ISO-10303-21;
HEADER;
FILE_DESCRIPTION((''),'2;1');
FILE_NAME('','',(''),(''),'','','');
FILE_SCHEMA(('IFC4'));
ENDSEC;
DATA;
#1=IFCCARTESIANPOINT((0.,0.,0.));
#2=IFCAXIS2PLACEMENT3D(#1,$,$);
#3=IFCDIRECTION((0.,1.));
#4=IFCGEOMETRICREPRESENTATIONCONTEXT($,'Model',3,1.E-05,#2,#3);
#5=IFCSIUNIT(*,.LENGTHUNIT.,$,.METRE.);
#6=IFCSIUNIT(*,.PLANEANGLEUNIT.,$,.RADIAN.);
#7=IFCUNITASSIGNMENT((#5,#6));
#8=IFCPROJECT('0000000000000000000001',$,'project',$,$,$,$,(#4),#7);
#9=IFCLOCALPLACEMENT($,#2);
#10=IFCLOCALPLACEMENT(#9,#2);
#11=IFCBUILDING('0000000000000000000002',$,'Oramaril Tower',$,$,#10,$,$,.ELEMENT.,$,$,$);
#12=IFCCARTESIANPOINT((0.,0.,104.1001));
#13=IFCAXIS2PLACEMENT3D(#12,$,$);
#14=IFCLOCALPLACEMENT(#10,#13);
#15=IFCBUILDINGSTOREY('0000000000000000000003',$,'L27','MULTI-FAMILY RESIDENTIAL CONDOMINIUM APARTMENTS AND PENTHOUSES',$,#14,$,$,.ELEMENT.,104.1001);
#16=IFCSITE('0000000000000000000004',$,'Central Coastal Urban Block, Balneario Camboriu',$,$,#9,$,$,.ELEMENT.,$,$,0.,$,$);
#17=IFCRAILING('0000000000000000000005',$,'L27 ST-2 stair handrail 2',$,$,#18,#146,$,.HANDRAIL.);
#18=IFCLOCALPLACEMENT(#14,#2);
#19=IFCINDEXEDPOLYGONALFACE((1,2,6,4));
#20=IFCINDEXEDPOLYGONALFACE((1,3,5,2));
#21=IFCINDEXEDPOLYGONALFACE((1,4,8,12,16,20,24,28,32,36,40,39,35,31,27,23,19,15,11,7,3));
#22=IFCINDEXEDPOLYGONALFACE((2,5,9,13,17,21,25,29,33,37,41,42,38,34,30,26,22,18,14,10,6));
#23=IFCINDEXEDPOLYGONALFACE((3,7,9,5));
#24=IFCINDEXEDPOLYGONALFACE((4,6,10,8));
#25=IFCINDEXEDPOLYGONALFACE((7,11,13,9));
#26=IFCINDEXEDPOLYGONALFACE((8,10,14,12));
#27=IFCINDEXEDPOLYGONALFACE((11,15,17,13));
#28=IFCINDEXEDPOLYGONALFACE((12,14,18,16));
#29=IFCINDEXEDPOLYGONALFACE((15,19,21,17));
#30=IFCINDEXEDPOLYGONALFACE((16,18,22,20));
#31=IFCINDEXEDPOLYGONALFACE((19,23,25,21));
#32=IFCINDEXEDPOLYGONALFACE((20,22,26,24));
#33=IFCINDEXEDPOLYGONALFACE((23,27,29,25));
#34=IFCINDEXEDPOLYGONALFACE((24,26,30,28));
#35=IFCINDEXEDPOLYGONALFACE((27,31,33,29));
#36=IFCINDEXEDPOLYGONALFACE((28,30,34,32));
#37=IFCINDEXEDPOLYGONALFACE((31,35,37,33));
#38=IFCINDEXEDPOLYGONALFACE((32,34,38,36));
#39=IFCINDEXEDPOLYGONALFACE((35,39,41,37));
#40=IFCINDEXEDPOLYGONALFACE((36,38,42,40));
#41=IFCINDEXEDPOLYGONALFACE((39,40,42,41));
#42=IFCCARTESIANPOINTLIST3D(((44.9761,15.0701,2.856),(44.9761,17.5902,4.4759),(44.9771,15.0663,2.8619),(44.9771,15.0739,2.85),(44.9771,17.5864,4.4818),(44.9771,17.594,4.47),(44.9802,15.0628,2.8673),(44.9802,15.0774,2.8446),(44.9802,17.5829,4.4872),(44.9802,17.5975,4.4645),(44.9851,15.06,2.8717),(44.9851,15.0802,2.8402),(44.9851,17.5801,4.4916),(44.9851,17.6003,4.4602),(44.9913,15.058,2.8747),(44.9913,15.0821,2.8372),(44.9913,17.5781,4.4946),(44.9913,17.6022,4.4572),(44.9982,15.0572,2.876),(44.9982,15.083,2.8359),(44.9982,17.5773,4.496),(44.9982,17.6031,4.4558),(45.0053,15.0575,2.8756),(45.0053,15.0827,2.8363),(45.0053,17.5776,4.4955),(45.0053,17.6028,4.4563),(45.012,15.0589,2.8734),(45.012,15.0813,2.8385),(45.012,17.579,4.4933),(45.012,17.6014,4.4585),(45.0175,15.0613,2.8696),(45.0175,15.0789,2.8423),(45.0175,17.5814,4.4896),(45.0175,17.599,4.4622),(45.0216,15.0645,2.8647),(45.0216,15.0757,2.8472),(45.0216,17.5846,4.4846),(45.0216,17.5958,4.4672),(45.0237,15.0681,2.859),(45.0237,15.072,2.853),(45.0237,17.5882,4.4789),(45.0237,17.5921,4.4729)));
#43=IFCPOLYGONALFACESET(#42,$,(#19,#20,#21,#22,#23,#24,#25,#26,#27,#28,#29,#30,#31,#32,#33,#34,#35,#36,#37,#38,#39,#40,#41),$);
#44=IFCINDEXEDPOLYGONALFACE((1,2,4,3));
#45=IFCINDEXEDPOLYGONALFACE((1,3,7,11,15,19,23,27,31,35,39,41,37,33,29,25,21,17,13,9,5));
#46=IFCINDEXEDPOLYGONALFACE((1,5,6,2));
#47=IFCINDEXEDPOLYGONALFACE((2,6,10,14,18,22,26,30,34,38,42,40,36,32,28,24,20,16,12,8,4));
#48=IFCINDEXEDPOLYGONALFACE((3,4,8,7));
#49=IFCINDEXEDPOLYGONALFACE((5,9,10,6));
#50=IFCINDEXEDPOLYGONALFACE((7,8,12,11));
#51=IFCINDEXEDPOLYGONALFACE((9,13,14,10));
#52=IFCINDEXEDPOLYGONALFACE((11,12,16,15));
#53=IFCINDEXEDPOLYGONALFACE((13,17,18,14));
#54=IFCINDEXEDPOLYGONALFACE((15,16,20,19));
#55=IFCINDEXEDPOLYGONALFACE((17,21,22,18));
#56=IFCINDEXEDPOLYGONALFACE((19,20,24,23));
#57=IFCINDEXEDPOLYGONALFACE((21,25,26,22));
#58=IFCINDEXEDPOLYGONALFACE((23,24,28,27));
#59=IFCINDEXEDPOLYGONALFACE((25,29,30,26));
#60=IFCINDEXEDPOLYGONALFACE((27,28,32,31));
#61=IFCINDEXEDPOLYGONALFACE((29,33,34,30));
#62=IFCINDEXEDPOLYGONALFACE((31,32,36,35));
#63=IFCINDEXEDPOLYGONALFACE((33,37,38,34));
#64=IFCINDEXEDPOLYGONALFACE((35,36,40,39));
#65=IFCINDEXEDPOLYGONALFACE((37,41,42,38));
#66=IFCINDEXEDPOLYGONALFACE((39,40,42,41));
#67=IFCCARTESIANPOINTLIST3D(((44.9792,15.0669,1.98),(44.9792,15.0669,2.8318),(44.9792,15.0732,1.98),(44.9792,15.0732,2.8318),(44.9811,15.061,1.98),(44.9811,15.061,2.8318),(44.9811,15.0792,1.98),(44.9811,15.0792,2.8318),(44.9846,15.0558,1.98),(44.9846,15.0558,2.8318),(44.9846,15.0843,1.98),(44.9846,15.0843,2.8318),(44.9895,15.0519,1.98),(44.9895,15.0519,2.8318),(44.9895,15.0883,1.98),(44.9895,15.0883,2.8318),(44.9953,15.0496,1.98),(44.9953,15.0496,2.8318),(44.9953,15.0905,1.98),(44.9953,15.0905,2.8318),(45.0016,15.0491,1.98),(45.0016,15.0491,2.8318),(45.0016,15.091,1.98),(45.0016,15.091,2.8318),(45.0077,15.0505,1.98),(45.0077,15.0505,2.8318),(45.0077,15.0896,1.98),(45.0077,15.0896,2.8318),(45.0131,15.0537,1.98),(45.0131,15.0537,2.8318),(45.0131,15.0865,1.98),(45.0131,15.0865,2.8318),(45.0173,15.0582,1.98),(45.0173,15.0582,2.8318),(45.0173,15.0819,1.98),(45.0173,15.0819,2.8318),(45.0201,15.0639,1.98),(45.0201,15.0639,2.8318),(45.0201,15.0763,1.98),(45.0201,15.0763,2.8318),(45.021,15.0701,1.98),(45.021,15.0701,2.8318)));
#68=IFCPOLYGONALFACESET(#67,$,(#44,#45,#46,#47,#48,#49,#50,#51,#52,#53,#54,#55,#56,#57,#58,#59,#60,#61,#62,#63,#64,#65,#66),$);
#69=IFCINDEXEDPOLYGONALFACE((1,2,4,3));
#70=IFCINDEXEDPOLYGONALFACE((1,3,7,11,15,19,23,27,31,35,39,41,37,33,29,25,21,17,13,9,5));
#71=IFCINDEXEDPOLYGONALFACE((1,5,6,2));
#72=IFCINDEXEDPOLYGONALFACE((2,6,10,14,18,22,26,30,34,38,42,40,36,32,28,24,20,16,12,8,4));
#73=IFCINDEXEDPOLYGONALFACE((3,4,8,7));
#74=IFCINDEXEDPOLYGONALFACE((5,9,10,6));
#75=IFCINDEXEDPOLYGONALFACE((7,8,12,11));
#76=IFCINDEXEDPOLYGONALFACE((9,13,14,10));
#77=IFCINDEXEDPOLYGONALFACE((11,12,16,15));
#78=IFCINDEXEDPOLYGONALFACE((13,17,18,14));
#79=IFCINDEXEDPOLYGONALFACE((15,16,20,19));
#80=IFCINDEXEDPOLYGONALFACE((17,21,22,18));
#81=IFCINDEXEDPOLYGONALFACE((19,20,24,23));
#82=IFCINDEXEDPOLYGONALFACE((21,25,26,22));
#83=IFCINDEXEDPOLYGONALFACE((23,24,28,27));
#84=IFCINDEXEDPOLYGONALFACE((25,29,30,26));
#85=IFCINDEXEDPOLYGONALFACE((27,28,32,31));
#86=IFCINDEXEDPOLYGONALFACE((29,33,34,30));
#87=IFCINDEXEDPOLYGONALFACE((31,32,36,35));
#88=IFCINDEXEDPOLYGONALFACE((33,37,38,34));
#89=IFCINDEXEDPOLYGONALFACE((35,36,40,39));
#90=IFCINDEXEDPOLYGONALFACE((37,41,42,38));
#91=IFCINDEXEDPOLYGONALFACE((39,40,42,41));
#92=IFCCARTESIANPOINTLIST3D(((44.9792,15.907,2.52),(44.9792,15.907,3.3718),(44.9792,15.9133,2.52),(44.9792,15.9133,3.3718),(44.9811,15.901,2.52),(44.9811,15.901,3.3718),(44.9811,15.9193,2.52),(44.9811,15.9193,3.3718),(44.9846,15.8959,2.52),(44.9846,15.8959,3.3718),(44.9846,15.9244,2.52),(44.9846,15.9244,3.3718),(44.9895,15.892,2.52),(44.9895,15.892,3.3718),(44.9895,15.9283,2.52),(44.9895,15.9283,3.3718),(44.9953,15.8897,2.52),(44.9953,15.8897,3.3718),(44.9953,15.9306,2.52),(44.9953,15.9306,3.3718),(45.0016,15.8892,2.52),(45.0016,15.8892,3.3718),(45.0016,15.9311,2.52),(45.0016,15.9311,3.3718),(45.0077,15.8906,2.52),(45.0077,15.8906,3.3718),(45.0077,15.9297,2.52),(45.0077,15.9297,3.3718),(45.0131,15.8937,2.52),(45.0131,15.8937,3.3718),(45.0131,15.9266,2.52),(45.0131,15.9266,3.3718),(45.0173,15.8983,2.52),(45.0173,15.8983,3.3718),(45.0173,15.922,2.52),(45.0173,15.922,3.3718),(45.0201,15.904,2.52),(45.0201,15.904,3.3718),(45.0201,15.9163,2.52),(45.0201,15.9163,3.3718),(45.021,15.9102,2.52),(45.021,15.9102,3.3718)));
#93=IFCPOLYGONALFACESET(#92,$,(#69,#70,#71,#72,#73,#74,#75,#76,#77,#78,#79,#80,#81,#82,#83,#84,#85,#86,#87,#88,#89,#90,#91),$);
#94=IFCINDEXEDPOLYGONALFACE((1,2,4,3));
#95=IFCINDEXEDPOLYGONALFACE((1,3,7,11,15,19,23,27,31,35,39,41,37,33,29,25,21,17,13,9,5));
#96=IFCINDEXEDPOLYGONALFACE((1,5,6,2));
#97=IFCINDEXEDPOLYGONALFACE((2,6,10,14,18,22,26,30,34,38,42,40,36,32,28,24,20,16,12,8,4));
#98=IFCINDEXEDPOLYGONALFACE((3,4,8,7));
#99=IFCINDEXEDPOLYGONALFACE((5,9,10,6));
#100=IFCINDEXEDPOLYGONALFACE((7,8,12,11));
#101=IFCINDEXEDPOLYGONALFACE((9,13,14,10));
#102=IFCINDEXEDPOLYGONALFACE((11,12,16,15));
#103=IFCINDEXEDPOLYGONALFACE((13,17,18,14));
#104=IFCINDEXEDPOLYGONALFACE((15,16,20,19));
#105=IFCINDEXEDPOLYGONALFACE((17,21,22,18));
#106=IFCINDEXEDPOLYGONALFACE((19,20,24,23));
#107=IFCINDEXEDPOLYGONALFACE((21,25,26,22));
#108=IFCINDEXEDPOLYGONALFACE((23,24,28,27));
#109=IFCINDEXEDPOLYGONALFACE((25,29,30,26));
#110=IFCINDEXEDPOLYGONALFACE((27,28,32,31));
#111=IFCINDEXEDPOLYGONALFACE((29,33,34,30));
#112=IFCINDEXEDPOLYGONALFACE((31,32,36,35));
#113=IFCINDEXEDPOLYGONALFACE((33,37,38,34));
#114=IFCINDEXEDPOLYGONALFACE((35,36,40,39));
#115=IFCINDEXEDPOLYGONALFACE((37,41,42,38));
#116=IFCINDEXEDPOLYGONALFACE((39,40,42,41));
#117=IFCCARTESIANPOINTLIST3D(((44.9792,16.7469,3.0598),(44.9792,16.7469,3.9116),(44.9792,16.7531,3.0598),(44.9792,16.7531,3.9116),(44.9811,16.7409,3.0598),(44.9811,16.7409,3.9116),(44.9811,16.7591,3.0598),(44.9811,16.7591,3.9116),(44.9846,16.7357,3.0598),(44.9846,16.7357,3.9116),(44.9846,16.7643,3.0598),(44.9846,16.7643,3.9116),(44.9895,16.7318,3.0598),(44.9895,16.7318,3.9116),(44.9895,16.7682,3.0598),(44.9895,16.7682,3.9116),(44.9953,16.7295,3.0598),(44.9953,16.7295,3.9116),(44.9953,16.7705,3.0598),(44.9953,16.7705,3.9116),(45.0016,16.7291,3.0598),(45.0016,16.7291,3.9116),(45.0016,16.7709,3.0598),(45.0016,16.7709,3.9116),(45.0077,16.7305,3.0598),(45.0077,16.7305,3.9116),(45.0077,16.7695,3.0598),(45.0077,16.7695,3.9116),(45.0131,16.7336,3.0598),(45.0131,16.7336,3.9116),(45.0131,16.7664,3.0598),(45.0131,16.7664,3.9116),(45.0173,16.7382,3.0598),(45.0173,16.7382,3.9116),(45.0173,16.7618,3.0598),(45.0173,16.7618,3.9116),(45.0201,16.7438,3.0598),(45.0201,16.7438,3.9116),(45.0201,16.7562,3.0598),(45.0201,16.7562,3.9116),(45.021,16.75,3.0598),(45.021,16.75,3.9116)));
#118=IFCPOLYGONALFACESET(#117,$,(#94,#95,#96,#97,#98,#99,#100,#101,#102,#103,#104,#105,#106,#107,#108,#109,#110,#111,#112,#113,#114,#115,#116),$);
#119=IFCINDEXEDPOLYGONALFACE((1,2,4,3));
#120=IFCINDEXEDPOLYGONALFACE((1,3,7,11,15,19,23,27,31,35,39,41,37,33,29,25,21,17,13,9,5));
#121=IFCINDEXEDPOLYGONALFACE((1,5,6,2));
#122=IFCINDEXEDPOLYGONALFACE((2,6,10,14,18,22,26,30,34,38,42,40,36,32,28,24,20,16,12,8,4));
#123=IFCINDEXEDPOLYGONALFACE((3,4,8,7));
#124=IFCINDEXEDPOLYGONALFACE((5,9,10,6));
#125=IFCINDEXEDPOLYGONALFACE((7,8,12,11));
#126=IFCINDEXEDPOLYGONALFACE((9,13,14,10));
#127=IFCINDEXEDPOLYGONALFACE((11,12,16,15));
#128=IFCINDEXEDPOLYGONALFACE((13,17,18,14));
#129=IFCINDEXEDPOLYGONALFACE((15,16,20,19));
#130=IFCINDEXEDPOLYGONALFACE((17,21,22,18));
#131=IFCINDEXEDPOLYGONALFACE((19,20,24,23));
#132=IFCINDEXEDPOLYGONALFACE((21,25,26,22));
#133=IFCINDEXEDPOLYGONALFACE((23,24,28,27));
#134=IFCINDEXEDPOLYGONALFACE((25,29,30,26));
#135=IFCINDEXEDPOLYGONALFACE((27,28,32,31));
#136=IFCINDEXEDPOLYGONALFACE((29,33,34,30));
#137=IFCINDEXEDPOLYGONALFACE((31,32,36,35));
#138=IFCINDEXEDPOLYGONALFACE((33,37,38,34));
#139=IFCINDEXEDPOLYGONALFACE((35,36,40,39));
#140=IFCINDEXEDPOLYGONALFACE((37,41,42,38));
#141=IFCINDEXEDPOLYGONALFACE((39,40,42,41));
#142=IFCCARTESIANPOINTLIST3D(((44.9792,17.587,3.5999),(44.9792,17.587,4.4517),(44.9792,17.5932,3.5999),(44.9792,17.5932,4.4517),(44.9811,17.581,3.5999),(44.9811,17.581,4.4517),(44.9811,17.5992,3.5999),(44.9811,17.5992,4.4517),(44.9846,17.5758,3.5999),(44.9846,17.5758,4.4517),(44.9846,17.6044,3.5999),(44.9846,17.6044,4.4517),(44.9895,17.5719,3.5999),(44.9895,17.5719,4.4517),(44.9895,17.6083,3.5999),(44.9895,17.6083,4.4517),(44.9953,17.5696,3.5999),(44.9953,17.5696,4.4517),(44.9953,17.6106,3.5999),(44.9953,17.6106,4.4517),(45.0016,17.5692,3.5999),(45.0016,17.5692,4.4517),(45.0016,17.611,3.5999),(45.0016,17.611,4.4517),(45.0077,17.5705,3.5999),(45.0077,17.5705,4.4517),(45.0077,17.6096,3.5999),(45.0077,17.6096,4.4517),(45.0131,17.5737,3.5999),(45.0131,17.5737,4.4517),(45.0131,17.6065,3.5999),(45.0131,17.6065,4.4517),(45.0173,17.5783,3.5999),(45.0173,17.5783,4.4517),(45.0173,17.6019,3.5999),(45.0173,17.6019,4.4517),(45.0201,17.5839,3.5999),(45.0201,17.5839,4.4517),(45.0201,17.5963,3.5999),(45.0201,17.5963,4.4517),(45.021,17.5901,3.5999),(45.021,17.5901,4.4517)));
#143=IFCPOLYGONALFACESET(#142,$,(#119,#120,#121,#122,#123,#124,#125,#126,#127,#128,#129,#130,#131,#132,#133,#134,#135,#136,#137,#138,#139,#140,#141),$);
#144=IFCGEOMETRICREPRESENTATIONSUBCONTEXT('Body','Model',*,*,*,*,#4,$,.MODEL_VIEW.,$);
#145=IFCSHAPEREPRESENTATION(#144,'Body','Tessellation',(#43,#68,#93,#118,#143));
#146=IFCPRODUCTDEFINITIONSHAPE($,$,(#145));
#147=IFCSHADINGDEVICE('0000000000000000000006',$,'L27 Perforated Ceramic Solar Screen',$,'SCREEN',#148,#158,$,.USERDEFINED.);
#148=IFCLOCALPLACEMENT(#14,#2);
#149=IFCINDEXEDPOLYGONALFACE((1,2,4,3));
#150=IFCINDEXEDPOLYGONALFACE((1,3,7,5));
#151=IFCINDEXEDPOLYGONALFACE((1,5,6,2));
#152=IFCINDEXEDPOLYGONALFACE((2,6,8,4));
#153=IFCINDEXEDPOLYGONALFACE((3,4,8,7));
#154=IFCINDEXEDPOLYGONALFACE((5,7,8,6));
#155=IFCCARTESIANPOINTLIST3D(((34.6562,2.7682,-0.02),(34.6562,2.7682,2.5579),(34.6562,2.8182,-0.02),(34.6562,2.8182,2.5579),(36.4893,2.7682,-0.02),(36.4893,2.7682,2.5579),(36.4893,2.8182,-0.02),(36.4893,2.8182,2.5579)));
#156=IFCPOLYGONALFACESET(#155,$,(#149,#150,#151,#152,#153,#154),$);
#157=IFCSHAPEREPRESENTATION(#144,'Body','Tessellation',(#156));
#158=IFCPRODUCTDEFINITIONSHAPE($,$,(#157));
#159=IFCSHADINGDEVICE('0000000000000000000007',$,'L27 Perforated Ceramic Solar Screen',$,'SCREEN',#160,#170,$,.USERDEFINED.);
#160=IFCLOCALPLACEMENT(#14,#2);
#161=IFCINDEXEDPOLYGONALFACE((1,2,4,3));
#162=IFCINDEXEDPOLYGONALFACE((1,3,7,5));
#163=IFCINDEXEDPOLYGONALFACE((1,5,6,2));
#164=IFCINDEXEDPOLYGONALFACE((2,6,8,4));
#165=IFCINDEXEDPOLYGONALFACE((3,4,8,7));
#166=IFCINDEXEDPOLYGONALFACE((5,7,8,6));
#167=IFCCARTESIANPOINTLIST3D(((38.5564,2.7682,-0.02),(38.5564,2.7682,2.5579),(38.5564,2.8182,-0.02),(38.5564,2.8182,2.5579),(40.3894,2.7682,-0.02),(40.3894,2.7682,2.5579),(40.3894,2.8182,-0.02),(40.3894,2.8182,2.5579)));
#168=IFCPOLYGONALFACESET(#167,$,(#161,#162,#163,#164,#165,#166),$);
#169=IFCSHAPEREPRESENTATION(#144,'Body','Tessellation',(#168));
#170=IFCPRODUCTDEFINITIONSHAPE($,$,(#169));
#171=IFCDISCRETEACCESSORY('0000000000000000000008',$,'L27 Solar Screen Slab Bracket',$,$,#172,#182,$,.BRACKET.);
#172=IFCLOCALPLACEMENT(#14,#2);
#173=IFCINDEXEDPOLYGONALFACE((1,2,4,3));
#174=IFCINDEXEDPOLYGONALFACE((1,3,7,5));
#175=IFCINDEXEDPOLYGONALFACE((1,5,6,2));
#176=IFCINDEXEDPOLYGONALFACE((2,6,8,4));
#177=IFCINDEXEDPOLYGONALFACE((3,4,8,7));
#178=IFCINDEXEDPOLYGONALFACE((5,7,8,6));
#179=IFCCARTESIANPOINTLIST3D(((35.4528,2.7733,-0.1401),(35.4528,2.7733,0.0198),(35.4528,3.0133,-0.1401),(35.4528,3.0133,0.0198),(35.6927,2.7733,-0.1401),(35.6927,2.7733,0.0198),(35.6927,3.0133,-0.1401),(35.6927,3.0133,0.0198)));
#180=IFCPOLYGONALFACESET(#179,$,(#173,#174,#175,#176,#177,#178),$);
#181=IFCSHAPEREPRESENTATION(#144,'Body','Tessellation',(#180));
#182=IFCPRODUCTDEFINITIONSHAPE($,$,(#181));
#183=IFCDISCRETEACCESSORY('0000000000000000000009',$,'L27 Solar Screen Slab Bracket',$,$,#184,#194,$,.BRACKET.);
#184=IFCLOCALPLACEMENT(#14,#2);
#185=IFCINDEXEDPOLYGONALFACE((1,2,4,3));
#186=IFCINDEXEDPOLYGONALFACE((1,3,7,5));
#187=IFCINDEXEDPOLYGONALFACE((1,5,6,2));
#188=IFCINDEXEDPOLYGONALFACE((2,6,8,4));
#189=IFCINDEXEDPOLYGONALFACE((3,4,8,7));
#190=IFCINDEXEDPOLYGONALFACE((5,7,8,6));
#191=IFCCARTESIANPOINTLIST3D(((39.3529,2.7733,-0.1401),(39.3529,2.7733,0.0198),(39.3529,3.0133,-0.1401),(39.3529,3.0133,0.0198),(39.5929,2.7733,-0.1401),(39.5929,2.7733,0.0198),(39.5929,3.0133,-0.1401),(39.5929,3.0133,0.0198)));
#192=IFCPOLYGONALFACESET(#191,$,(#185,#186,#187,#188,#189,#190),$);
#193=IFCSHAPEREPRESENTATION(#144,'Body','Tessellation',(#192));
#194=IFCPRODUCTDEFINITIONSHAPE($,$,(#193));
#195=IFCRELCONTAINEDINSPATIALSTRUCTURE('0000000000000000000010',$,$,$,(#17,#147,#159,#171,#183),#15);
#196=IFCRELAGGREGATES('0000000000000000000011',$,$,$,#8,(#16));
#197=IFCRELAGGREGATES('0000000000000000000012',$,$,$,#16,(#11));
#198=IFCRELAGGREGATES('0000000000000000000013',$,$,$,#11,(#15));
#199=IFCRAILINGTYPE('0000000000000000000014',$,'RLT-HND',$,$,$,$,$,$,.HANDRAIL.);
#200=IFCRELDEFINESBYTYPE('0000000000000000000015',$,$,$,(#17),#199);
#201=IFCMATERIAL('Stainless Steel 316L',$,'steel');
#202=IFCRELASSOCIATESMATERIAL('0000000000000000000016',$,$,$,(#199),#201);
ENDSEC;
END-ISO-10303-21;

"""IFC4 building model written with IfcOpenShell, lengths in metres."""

from ifc_helpers import new_model, si_unit, direction, frame, origin, origin_2d, place, context, subcontext, project, spatial, rectangle, circle, extrude, material, type_object, element, save


model = new_model("IFC4")

# Units and contexts
model_context = context("Model", 3, precision=1e-05, world=origin(), true_north=direction((0.0, 1.0)))
body_context = subcontext(model_context, "Body", "Model", "MODEL_VIEW")
ifc_project = project(units=[si_unit("LENGTHUNIT", "METRE"), si_unit("PLANEANGLEUNIT", "RADIAN")], contexts=[model_context])

# Site, building, storey
site_placement = place(None, origin())
site = spatial("IfcSite", under=ifc_project, at=site_placement, Name="Central Coastal Urban Block, Balneario Camboriu", CompositionType="ELEMENT", RefElevation=0.0)
building_placement = place(site_placement, origin())
building = spatial("IfcBuilding", under=site, at=building_placement, Name="Oramaril Tower", CompositionType="ELEMENT")
storey_placement = place(building_placement, frame((0.0, 0.0, 104.1001)))
storey = spatial("IfcBuildingStorey", under=building, at=storey_placement, Name="L27", Description="MULTI-FAMILY RESIDENTIAL CONDOMINIUM APARTMENTS AND PENTHOUSES", CompositionType="ELEMENT", Elevation=104.1001)

# Railing
ifc_material_1 = material(Name="Stainless Steel 316L", Category="steel")
railing_type_1 = type_object("IfcRailingType", Name="RLT-HND", PredefinedType="HANDRAIL", material=ifc_material_1)
for number, where, name in (
    (1, (45.0, 15.0701, 1.98), "L27 ST-2 stair handrail 2"),
):
    element("IfcRailing", number, at=place(storey_placement, frame(where)), inside=storey, type_object=railing_type_1, Name=name, PredefinedType="HANDRAIL", context=body_context, shape_type="SweptSolid", body=[
        extrude(circle(Radius=0.0239, at=origin_2d()), frame((0.0, 0.0, 0.876), z_axis=(0.0, 0.8412, 0.540725), x_axis=(-1.0, 0.0, 0.0)), (0.0, 0.0, 1.0), 2.9958),
        extrude(circle(Radius=0.021, at=origin_2d()), origin(), (0.0, 0.0, 1.0), 0.8518),
        extrude(circle(Radius=0.021, at=origin_2d()), frame((0.0, 0.8401, 0.54)), (0.0, 0.0, 1.0), 0.8518),
        extrude(circle(Radius=0.021, at=origin_2d()), frame((0.0, 1.6799, 1.0798)), (0.0, 0.0, 1.0), 0.8518),
        extrude(circle(Radius=0.021, at=origin_2d()), frame((0.0, 2.52, 1.6199)), (0.0, 0.0, 1.0), 0.8518),
    ])

# Shading devices
for number, where, z_axis, x_axis, name in (
    (2, (35.5728, 2.7932, -0.02), (0.0, 0.0, 1.0), (1.0, 0.0, 0.0), "L27 Perforated Ceramic Solar Screen"),
    (3, (39.4729, 2.7932, -0.02), (0.0, 0.0, 1.0), (1.0, 0.0, 0.0), "L27 Perforated Ceramic Solar Screen"),
):
    element("IfcShadingDevice", number, at=place(storey_placement, frame(where, z_axis=z_axis, x_axis=x_axis)), inside=storey, Name=name, ObjectType="SCREEN", PredefinedType="USERDEFINED", context=body_context, shape_type="SweptSolid", body=[
        extrude(rectangle(XDim=1.833, YDim=0.05, at=origin_2d()), origin(), (0.0, 0.0, 1.0), 2.5779),
    ])

# Discrete accessories
for number, where, z_axis, x_axis, name in (
    (4, (35.5728, 2.8933, -0.1401), (0.0, 0.0, 1.0), (1.0, 0.0, 0.0), "L27 Solar Screen Slab Bracket"),
    (5, (39.4729, 2.8933, -0.1401), (0.0, 0.0, 1.0), (1.0, 0.0, 0.0), "L27 Solar Screen Slab Bracket"),
):
    element("IfcDiscreteAccessory", number, at=place(storey_placement, frame(where, z_axis=z_axis, x_axis=x_axis)), inside=storey, Name=name, PredefinedType="BRACKET", context=body_context, shape_type="SweptSolid", body=[
        extrude(rectangle(XDim=0.24, YDim=0.24, at=origin_2d()), origin(), (0.0, 0.0, 1.0), 0.1599),
    ])

save(model, "model.ifc")
